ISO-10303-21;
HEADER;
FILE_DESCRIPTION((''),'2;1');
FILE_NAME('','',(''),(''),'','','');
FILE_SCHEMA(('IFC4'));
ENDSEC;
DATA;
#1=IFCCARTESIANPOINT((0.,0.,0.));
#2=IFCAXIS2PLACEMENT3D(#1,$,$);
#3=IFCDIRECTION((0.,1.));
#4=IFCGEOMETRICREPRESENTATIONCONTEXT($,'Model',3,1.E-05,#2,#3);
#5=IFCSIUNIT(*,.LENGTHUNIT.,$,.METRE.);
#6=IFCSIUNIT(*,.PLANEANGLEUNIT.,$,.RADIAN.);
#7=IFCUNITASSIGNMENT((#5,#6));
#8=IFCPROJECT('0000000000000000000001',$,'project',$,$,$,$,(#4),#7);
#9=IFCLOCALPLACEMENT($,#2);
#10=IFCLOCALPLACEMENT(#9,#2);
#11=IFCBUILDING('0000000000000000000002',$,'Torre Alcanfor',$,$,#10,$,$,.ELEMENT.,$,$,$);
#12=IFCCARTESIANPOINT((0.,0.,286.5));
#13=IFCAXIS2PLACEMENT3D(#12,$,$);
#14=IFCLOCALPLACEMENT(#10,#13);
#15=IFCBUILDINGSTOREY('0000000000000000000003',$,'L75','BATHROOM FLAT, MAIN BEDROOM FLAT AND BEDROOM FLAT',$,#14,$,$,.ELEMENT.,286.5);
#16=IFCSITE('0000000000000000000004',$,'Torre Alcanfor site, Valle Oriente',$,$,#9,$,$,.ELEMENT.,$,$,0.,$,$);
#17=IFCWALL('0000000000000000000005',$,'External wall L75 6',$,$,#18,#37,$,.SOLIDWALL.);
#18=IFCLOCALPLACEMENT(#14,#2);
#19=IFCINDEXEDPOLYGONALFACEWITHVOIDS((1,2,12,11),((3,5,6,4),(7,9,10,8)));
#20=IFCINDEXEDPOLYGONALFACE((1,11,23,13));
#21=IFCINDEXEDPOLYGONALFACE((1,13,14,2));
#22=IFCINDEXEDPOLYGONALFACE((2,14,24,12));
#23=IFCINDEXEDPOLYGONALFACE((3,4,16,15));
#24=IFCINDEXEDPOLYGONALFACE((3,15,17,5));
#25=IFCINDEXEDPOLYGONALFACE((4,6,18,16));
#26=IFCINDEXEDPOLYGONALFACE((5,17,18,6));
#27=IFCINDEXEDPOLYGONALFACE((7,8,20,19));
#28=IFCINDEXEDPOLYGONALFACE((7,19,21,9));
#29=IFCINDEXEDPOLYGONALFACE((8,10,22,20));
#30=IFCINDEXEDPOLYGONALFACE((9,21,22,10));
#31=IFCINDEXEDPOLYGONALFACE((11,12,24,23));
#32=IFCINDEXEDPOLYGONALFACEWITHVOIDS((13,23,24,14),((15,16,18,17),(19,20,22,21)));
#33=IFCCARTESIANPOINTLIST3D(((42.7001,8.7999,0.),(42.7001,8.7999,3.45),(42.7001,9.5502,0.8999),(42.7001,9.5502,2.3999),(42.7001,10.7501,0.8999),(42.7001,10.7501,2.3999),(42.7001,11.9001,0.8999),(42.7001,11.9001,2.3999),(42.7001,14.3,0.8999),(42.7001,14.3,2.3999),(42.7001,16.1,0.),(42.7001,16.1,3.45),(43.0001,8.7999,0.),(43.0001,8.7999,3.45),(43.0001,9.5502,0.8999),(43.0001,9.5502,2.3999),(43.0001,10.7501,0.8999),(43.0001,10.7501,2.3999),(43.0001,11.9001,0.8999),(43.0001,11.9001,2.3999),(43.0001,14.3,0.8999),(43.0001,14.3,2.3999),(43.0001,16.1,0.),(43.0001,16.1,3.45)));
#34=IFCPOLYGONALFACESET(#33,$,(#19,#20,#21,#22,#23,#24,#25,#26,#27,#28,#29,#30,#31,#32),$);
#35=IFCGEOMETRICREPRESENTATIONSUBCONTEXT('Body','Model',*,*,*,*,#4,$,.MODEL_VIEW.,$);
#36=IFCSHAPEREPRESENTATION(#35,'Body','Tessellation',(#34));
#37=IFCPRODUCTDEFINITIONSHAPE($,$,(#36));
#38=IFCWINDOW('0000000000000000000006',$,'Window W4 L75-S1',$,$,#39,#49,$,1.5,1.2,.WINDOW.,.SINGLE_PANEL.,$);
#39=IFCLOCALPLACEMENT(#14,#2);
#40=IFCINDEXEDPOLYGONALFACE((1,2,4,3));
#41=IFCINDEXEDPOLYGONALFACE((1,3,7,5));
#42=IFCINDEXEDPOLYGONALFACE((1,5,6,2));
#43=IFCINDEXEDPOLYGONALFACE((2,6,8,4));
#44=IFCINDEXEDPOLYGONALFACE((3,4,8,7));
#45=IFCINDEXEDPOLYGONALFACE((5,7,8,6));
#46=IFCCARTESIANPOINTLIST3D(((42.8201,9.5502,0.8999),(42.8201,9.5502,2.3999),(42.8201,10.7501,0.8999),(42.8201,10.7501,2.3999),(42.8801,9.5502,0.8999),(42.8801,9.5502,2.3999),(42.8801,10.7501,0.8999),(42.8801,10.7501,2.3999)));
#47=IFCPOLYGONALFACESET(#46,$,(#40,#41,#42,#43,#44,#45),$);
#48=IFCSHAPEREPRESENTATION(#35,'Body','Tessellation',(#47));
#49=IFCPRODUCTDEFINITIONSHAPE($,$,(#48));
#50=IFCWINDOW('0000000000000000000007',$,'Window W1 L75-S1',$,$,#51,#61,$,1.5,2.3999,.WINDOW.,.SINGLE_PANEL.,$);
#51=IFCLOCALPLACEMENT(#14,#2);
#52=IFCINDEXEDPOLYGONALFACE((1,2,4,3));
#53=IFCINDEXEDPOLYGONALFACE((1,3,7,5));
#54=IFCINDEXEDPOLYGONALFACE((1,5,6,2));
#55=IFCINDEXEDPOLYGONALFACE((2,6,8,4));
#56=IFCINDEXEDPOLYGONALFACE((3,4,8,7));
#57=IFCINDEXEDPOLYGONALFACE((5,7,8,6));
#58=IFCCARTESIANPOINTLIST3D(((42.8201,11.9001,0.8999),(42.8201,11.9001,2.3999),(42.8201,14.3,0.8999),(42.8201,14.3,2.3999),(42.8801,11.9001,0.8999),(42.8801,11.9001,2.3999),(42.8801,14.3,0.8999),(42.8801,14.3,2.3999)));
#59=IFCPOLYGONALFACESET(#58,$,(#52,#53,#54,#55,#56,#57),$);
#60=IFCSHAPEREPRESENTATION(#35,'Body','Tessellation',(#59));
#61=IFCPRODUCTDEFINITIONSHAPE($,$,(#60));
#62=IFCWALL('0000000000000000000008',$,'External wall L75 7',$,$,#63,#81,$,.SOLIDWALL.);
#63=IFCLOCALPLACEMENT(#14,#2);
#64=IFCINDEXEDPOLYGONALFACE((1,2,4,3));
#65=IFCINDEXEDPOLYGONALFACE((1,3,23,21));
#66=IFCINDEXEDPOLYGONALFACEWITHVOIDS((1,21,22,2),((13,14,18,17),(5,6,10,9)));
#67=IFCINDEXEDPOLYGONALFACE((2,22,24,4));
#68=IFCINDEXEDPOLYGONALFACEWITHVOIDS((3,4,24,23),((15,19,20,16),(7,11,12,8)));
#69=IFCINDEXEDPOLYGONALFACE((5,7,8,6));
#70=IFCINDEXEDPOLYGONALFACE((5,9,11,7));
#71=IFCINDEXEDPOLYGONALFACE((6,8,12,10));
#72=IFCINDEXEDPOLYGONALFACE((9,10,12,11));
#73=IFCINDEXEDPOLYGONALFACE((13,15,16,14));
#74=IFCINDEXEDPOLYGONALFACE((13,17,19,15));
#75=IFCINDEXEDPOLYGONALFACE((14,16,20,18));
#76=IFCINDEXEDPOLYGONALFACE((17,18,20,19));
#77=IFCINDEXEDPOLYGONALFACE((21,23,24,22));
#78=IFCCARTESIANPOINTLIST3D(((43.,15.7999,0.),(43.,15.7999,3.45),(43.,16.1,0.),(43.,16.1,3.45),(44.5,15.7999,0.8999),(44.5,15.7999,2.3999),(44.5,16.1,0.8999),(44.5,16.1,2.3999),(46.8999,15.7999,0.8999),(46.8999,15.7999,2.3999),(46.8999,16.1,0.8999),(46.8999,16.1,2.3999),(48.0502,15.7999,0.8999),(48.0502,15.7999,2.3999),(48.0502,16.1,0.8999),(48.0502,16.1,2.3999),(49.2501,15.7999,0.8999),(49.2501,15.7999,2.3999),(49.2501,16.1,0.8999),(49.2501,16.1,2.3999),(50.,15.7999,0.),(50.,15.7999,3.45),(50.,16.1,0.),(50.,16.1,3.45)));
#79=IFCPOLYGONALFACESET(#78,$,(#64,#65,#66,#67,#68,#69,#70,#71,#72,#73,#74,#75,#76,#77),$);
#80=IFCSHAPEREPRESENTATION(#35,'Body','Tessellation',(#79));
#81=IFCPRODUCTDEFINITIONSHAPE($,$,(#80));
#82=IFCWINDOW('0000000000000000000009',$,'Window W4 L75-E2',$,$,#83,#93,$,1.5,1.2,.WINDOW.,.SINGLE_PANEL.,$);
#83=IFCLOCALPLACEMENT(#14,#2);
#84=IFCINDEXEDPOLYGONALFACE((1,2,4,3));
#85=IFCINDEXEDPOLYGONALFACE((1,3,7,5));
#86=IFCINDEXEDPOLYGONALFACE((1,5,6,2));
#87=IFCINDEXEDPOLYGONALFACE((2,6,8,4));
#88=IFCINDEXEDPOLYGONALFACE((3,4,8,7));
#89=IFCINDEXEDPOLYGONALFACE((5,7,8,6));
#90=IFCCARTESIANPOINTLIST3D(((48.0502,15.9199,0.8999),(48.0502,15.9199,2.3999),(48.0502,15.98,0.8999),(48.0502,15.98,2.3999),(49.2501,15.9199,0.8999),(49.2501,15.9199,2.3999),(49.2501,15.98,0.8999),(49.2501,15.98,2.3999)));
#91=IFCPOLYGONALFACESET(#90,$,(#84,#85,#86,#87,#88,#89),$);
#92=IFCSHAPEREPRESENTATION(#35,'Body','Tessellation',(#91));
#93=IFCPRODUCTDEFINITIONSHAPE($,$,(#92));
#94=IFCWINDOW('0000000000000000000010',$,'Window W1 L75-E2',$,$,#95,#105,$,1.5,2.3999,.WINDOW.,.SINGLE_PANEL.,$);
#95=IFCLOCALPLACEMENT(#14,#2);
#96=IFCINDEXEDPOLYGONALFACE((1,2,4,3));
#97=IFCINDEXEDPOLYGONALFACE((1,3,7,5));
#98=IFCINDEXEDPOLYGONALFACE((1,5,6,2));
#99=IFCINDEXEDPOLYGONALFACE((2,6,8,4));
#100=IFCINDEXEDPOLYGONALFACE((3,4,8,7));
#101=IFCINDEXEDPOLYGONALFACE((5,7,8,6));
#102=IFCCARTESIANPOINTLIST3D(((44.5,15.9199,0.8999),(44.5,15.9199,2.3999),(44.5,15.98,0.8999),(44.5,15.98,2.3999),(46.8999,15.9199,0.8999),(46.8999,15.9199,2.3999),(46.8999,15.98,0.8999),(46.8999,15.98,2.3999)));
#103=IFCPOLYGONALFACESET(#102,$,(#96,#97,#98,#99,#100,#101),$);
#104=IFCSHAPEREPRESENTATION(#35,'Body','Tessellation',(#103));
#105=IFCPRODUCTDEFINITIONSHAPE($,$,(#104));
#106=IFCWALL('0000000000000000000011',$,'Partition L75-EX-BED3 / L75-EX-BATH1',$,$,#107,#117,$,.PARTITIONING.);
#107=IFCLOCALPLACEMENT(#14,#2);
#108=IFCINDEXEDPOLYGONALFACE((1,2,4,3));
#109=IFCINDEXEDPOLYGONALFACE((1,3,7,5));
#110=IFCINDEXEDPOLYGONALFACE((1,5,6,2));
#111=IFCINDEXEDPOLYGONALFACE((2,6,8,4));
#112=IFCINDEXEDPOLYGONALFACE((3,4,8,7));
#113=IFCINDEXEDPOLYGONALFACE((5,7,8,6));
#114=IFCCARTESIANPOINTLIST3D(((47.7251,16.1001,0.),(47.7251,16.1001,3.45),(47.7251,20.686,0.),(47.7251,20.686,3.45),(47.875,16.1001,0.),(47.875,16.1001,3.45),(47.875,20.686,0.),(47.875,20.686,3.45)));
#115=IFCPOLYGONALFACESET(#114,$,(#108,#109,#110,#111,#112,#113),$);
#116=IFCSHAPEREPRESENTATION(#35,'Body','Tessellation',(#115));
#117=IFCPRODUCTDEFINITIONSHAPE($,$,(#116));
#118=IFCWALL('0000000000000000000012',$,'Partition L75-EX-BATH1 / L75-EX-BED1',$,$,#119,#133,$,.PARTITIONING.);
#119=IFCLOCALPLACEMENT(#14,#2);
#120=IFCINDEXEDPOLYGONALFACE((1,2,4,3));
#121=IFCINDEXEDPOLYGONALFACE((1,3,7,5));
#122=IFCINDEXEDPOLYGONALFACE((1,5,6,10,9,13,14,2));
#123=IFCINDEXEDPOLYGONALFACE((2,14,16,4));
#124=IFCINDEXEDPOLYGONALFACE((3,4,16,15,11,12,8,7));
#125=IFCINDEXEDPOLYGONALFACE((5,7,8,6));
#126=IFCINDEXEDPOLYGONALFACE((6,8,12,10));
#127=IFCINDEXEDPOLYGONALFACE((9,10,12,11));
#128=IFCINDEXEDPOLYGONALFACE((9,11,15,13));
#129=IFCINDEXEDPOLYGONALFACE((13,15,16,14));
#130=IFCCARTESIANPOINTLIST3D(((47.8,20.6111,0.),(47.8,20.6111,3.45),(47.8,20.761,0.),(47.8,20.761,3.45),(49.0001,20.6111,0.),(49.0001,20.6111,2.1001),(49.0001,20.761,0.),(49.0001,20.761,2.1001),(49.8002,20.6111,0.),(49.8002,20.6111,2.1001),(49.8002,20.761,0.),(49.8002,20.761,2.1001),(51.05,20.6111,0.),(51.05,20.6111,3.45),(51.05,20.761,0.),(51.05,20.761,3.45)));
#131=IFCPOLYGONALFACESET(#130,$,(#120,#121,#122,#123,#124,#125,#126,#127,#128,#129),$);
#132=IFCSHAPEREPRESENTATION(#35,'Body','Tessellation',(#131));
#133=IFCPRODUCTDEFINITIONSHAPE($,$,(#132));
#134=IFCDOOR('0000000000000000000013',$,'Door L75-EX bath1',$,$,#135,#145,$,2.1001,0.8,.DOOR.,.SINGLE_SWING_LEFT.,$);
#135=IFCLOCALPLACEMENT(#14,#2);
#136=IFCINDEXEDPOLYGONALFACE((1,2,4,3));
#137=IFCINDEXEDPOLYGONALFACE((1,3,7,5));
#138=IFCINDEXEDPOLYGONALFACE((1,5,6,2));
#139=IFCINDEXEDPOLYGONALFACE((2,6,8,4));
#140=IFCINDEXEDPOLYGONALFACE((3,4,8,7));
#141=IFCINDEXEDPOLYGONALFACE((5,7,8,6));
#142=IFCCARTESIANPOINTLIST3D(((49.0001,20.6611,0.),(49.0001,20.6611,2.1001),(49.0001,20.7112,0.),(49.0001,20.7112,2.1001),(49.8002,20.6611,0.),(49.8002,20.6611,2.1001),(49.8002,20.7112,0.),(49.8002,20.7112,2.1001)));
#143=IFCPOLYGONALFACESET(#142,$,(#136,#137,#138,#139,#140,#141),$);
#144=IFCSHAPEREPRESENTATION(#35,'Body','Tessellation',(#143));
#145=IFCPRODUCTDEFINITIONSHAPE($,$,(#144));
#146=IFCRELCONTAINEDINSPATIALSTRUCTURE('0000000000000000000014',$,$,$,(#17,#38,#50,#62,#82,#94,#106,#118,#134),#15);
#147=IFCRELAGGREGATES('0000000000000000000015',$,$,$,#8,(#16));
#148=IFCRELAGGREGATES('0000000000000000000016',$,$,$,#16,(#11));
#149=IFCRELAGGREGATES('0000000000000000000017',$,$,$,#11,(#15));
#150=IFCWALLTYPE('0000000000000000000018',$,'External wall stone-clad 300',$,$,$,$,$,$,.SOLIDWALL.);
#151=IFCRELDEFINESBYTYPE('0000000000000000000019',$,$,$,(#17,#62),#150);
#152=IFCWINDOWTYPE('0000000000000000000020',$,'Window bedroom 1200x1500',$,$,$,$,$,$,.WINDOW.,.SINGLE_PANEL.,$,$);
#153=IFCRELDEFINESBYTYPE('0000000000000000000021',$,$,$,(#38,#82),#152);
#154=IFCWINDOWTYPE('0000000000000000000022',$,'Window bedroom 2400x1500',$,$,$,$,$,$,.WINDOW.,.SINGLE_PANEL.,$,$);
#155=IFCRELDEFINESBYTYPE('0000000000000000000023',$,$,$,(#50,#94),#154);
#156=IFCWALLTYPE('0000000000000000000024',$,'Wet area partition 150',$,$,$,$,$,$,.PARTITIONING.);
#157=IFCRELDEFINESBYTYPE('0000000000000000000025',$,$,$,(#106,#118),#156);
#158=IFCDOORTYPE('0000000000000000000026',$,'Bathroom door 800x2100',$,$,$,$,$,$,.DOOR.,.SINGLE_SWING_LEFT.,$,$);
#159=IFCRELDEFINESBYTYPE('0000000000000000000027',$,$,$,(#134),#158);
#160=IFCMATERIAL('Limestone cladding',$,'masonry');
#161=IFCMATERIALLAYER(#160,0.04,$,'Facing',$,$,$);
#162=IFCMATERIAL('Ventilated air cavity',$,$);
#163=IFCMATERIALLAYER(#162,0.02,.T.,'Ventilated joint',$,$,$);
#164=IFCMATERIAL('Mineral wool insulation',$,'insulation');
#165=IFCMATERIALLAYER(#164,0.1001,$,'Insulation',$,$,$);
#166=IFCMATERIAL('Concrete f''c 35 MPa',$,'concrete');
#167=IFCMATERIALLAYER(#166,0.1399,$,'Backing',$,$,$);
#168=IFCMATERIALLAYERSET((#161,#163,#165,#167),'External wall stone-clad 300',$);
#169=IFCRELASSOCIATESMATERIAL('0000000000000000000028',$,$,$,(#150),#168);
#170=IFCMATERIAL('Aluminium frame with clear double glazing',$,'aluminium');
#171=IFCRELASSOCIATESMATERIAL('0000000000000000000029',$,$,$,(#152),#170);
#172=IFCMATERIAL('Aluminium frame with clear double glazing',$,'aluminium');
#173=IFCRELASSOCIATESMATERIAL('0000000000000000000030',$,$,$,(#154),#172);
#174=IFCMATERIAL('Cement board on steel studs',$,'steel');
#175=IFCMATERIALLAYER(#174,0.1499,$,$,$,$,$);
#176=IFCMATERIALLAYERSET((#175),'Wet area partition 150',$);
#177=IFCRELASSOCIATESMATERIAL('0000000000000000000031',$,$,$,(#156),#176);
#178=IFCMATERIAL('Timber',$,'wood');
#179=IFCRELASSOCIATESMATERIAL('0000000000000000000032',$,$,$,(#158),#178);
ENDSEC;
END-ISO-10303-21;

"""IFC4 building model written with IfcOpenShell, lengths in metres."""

from ifc_helpers import new_model, si_unit, direction, frame, frame_2d, origin, place, context, subcontext, project, spatial, rectangle, extrude, material, layer, layer_set, type_object, element, fill, save


model = new_model("IFC4")

# Units and contexts
model_context = context("Model", 3, precision=1e-05, world=origin(), true_north=direction((0.0, 1.0)))
body_context = subcontext(model_context, "Body", "Model", "MODEL_VIEW")
ifc_project = project(units=[si_unit("LENGTHUNIT", "METRE"), si_unit("PLANEANGLEUNIT", "RADIAN")], contexts=[model_context])

# Site, building, storey
site_placement = place(None, origin())
site = spatial("IfcSite", under=ifc_project, at=site_placement, Name="Torre Alcanfor site, Valle Oriente", CompositionType="ELEMENT", RefElevation=0.0)
building_placement = place(site_placement, origin())
building = spatial("IfcBuilding", under=site, at=building_placement, Name="Torre Alcanfor", CompositionType="ELEMENT")
storey_placement = place(building_placement, frame((0.0, 0.0, 286.5)))
storey = spatial("IfcBuildingStorey", under=building, at=storey_placement, Name="L75", Description="BATHROOM FLAT, MAIN BEDROOM FLAT AND BEDROOM FLAT", CompositionType="ELEMENT", Elevation=286.5)

# Walls, openings, windows
ifc_material_1 = material(Name="Limestone cladding", Category="masonry")
ifc_layer_1 = layer(ifc_material_1, 0.04, Name="Facing")
ifc_material_2 = material(Name="Ventilated air cavity")
ifc_layer_2 = layer(ifc_material_2, 0.02, ventilated=True, Name="Ventilated joint")
ifc_material_3 = material(Name="Mineral wool insulation", Category="insulation")
ifc_layer_3 = layer(ifc_material_3, 0.1001, Name="Insulation")
ifc_material_4 = material(Name="Concrete f'c 35 MPa", Category="concrete")
ifc_layer_4 = layer(ifc_material_4, 0.1399, Name="Backing")
ifc_layer_set_1 = layer_set([ifc_layer_1, ifc_layer_2, ifc_layer_3, ifc_layer_4], Name="External wall stone-clad 300")
wall_type_1 = type_object("IfcWallType", Name="External wall stone-clad 300", PredefinedType="SOLIDWALL", material=ifc_layer_set_1)
wall_1_placement = place(storey_placement, frame((42.8501, 8.8, 0.0), z_axis=(0.0, 0.0, 1.0), x_axis=(0.0, 1.0, 0.0)))
wall_1 = element("IfcWall", 1, at=wall_1_placement, inside=storey, type_object=wall_type_1, Name="External wall L75 6", PredefinedType="SOLIDWALL", context=body_context, shape_type="SweptSolid", body=[
    extrude(rectangle(XDim=7.3, YDim=0.3, at=frame_2d((3.6499, 0.0))), origin(), (0.0, 0.0, 1.0), 3.45),
])
opening_1_placement = place(wall_1_placement, frame((3.1001, 0.0, 0.8999)))
opening_1 = element("IfcOpeningElement", 2, at=opening_1_placement, cuts=wall_1, PredefinedType="OPENING", context=body_context, shape_type="SweptSolid", body=[
    extrude(rectangle(XDim=2.3999, YDim=1.5, at=frame_2d((1.2, 0.75))), frame((0.0, 0.1599, 0.0), z_axis=(0.0, -1.0, 0.0), x_axis=(1.0, 0.0, 0.0)), (0.0, 0.0, 1.0), 0.3201),
])
opening_2_placement = place(wall_1_placement, frame((0.75, 0.0, 0.8999)))
opening_2 = element("IfcOpeningElement", 3, at=opening_2_placement, cuts=wall_1, PredefinedType="OPENING", context=body_context, shape_type="SweptSolid", body=[
    extrude(rectangle(XDim=1.2, YDim=1.5, at=frame_2d((0.6001, 0.75))), frame((0.0, 0.1599, 0.0), z_axis=(0.0, -1.0, 0.0), x_axis=(1.0, 0.0, 0.0)), (0.0, 0.0, 1.0), 0.3201),
])
ifc_material_5 = material(Name="Aluminium frame with clear double glazing", Category="aluminium")
window_type_1 = type_object("IfcWindowType", Name="Window bedroom 1200x1500", PartitioningType="SINGLE_PANEL", PredefinedType="WINDOW", material=ifc_material_5)
window_1_placement = place(opening_2_placement, origin())
window_1 = element("IfcWindow", 4, at=window_1_placement, inside=storey, type_object=window_type_1, Name="Window W4 L75-S1", OverallHeight=1.5, OverallWidth=1.2, PartitioningType="SINGLE_PANEL", PredefinedType="WINDOW", context=body_context, shape_type="SweptSolid", body=[
    extrude(rectangle(XDim=1.2, YDim=1.5, at=frame_2d((0.6001, 0.75))), frame((0.0, 0.03, 0.0), z_axis=(0.0, -1.0, 0.0), x_axis=(1.0, 0.0, 0.0)), (0.0, 0.0, 1.0), 0.0601),
])
fill(opening_2, window_1)
ifc_material_6 = material(Name="Aluminium frame with clear double glazing", Category="aluminium")
window_type_2 = type_object("IfcWindowType", Name="Window bedroom 2400x1500", PartitioningType="SINGLE_PANEL", PredefinedType="WINDOW", material=ifc_material_6)
window_2_placement = place(opening_1_placement, origin())
window_2 = element("IfcWindow", 5, at=window_2_placement, inside=storey, type_object=window_type_2, Name="Window W1 L75-S1", OverallHeight=1.5, OverallWidth=2.3999, PartitioningType="SINGLE_PANEL", PredefinedType="WINDOW", context=body_context, shape_type="SweptSolid", body=[
    extrude(rectangle(XDim=2.3999, YDim=1.5, at=frame_2d((1.2, 0.75))), frame((0.0, 0.03, 0.0), z_axis=(0.0, -1.0, 0.0), x_axis=(1.0, 0.0, 0.0)), (0.0, 0.0, 1.0), 0.0601),
])
fill(opening_1, window_2)
wall_2_placement = place(storey_placement, frame((43.0, 15.95, 0.0), z_axis=(0.0, 0.0, 1.0), x_axis=(1.0, 0.0, 0.0)))
wall_2 = element("IfcWall", 6, at=wall_2_placement, inside=storey, type_object=wall_type_1, Name="External wall L75 7", PredefinedType="SOLIDWALL", context=body_context, shape_type="SweptSolid", body=[
    extrude(rectangle(XDim=7.0, YDim=0.3, at=frame_2d((3.5, 0.0))), origin(), (0.0, 0.0, 1.0), 3.45),
])
opening_3_placement = place(wall_2_placement, frame((1.5, 0.0, 0.8999)))
opening_3 = element("IfcOpeningElement", 7, at=opening_3_placement, cuts=wall_2, PredefinedType="OPENING", context=body_context, shape_type="SweptSolid", body=[
    extrude(rectangle(XDim=2.3999, YDim=1.5, at=frame_2d((1.2, 0.75))), frame((0.0, 0.1599, 0.0), z_axis=(0.0, -1.0, 0.0), x_axis=(1.0, 0.0, 0.0)), (0.0, 0.0, 1.0), 0.3201),
])
opening_4_placement = place(wall_2_placement, frame((5.05, 0.0, 0.8999)))
opening_4 = element("IfcOpeningElement", 8, at=opening_4_placement, cuts=wall_2, PredefinedType="OPENING", context=body_context, shape_type="SweptSolid", body=[
    extrude(rectangle(XDim=1.2, YDim=1.5, at=frame_2d((0.6001, 0.75))), frame((0.0, 0.1599, 0.0), z_axis=(0.0, -1.0, 0.0), x_axis=(1.0, 0.0, 0.0)), (0.0, 0.0, 1.0), 0.3201),
])
window_3_placement = place(opening_4_placement, origin())
window_3 = element("IfcWindow", 9, at=window_3_placement, inside=storey, type_object=window_type_1, Name="Window W4 L75-E2", OverallHeight=1.5, OverallWidth=1.2, PartitioningType="SINGLE_PANEL", PredefinedType="WINDOW", context=body_context, shape_type="SweptSolid", body=[
    extrude(rectangle(XDim=1.2, YDim=1.5, at=frame_2d((0.6001, 0.75))), frame((0.0, 0.03, 0.0), z_axis=(0.0, -1.0, 0.0), x_axis=(1.0, 0.0, 0.0)), (0.0, 0.0, 1.0), 0.0601),
])
fill(opening_4, window_3)
window_4_placement = place(opening_3_placement, origin())
window_4 = element("IfcWindow", 10, at=window_4_placement, inside=storey, type_object=window_type_2, Name="Window W1 L75-E2", OverallHeight=1.5, OverallWidth=2.3999, PartitioningType="SINGLE_PANEL", PredefinedType="WINDOW", context=body_context, shape_type="SweptSolid", body=[
    extrude(rectangle(XDim=2.3999, YDim=1.5, at=frame_2d((1.2, 0.75))), frame((0.0, 0.03, 0.0), z_axis=(0.0, -1.0, 0.0), x_axis=(1.0, 0.0, 0.0)), (0.0, 0.0, 1.0), 0.0601),
])
fill(opening_3, window_4)

# Wall
ifc_material_7 = material(Name="Cement board on steel studs", Category="steel")
ifc_layer_5 = layer(ifc_material_7, 0.1499)
ifc_layer_set_2 = layer_set([ifc_layer_5], Name="Wet area partition 150")
wall_type_2 = type_object("IfcWallType", Name="Wet area partition 150", PredefinedType="PARTITIONING", material=ifc_layer_set_2)
wall_3_placement = place(storey_placement, frame((47.8, 16.1001, 0.0), z_axis=(0.0, 0.0, 1.0), x_axis=(0.0, 1.0, 0.0)))
element("IfcWall", 11, at=wall_3_placement, inside=storey, type_object=wall_type_2, Name="Partition L75-EX-BED3 / L75-EX-BATH1", PredefinedType="PARTITIONING", context=body_context, shape_type="SweptSolid", body=[
    extrude(rectangle(XDim=4.5859, YDim=0.1499, at=frame_2d((2.293, 0.0))), origin(), (0.0, 0.0, 1.0), 3.45),
])

# Wall, opening, door
wall_4_placement = place(storey_placement, frame((51.05, 20.686, 0.0), z_axis=(0.0, 0.0, 1.0), x_axis=(-1.0, 0.0, 0.0)))
wall_4 = element("IfcWall", 12, at=wall_4_placement, inside=storey, type_object=wall_type_2, Name="Partition L75-EX-BATH1 / L75-EX-BED1", PredefinedType="PARTITIONING", context=body_context, shape_type="SweptSolid", body=[
    extrude(rectangle(XDim=3.25, YDim=0.1499, at=frame_2d((1.625, 0.0))), origin(), (0.0, 0.0, 1.0), 3.45),
])
opening_5_placement = place(wall_4_placement, frame((1.25, 0.0, 0.0)))
opening_5 = element("IfcOpeningElement", 13, at=opening_5_placement, cuts=wall_4, PredefinedType="OPENING", context=body_context, shape_type="SweptSolid", body=[
    extrude(rectangle(XDim=0.8, YDim=2.1001, at=frame_2d((0.3999, 1.05))), frame((0.0, 0.085, 0.0), z_axis=(0.0, -1.0, 0.0), x_axis=(1.0, 0.0, 0.0)), (0.0, 0.0, 1.0), 0.1699),
])
ifc_material_8 = material(Name="Timber", Category="wood")
door_type = type_object("IfcDoorType", Name="Bathroom door 800x2100", OperationType="SINGLE_SWING_LEFT", PredefinedType="DOOR", material=ifc_material_8)
door_placement = place(opening_5_placement, frame((0.8, 0.0, 0.0), z_axis=(0.0, 0.0, 1.0), x_axis=(-1.0, 0.0, 0.0)))
door = element("IfcDoor", 14, at=door_placement, inside=storey, type_object=door_type, Name="Door L75-EX bath1", OperationType="SINGLE_SWING_LEFT", OverallHeight=2.1001, OverallWidth=0.8, PredefinedType="DOOR", context=body_context, shape_type="SweptSolid", body=[
    extrude(rectangle(XDim=0.8, YDim=2.1001, at=frame_2d((0.4001, 1.05))), frame((0.0, 0.0251, 0.0), z_axis=(0.0, -1.0, 0.0), x_axis=(1.0, 0.0, 0.0)), (0.0, 0.0, 1.0), 0.05),
])
fill(opening_5, door)

save(model, "model.ifc")
